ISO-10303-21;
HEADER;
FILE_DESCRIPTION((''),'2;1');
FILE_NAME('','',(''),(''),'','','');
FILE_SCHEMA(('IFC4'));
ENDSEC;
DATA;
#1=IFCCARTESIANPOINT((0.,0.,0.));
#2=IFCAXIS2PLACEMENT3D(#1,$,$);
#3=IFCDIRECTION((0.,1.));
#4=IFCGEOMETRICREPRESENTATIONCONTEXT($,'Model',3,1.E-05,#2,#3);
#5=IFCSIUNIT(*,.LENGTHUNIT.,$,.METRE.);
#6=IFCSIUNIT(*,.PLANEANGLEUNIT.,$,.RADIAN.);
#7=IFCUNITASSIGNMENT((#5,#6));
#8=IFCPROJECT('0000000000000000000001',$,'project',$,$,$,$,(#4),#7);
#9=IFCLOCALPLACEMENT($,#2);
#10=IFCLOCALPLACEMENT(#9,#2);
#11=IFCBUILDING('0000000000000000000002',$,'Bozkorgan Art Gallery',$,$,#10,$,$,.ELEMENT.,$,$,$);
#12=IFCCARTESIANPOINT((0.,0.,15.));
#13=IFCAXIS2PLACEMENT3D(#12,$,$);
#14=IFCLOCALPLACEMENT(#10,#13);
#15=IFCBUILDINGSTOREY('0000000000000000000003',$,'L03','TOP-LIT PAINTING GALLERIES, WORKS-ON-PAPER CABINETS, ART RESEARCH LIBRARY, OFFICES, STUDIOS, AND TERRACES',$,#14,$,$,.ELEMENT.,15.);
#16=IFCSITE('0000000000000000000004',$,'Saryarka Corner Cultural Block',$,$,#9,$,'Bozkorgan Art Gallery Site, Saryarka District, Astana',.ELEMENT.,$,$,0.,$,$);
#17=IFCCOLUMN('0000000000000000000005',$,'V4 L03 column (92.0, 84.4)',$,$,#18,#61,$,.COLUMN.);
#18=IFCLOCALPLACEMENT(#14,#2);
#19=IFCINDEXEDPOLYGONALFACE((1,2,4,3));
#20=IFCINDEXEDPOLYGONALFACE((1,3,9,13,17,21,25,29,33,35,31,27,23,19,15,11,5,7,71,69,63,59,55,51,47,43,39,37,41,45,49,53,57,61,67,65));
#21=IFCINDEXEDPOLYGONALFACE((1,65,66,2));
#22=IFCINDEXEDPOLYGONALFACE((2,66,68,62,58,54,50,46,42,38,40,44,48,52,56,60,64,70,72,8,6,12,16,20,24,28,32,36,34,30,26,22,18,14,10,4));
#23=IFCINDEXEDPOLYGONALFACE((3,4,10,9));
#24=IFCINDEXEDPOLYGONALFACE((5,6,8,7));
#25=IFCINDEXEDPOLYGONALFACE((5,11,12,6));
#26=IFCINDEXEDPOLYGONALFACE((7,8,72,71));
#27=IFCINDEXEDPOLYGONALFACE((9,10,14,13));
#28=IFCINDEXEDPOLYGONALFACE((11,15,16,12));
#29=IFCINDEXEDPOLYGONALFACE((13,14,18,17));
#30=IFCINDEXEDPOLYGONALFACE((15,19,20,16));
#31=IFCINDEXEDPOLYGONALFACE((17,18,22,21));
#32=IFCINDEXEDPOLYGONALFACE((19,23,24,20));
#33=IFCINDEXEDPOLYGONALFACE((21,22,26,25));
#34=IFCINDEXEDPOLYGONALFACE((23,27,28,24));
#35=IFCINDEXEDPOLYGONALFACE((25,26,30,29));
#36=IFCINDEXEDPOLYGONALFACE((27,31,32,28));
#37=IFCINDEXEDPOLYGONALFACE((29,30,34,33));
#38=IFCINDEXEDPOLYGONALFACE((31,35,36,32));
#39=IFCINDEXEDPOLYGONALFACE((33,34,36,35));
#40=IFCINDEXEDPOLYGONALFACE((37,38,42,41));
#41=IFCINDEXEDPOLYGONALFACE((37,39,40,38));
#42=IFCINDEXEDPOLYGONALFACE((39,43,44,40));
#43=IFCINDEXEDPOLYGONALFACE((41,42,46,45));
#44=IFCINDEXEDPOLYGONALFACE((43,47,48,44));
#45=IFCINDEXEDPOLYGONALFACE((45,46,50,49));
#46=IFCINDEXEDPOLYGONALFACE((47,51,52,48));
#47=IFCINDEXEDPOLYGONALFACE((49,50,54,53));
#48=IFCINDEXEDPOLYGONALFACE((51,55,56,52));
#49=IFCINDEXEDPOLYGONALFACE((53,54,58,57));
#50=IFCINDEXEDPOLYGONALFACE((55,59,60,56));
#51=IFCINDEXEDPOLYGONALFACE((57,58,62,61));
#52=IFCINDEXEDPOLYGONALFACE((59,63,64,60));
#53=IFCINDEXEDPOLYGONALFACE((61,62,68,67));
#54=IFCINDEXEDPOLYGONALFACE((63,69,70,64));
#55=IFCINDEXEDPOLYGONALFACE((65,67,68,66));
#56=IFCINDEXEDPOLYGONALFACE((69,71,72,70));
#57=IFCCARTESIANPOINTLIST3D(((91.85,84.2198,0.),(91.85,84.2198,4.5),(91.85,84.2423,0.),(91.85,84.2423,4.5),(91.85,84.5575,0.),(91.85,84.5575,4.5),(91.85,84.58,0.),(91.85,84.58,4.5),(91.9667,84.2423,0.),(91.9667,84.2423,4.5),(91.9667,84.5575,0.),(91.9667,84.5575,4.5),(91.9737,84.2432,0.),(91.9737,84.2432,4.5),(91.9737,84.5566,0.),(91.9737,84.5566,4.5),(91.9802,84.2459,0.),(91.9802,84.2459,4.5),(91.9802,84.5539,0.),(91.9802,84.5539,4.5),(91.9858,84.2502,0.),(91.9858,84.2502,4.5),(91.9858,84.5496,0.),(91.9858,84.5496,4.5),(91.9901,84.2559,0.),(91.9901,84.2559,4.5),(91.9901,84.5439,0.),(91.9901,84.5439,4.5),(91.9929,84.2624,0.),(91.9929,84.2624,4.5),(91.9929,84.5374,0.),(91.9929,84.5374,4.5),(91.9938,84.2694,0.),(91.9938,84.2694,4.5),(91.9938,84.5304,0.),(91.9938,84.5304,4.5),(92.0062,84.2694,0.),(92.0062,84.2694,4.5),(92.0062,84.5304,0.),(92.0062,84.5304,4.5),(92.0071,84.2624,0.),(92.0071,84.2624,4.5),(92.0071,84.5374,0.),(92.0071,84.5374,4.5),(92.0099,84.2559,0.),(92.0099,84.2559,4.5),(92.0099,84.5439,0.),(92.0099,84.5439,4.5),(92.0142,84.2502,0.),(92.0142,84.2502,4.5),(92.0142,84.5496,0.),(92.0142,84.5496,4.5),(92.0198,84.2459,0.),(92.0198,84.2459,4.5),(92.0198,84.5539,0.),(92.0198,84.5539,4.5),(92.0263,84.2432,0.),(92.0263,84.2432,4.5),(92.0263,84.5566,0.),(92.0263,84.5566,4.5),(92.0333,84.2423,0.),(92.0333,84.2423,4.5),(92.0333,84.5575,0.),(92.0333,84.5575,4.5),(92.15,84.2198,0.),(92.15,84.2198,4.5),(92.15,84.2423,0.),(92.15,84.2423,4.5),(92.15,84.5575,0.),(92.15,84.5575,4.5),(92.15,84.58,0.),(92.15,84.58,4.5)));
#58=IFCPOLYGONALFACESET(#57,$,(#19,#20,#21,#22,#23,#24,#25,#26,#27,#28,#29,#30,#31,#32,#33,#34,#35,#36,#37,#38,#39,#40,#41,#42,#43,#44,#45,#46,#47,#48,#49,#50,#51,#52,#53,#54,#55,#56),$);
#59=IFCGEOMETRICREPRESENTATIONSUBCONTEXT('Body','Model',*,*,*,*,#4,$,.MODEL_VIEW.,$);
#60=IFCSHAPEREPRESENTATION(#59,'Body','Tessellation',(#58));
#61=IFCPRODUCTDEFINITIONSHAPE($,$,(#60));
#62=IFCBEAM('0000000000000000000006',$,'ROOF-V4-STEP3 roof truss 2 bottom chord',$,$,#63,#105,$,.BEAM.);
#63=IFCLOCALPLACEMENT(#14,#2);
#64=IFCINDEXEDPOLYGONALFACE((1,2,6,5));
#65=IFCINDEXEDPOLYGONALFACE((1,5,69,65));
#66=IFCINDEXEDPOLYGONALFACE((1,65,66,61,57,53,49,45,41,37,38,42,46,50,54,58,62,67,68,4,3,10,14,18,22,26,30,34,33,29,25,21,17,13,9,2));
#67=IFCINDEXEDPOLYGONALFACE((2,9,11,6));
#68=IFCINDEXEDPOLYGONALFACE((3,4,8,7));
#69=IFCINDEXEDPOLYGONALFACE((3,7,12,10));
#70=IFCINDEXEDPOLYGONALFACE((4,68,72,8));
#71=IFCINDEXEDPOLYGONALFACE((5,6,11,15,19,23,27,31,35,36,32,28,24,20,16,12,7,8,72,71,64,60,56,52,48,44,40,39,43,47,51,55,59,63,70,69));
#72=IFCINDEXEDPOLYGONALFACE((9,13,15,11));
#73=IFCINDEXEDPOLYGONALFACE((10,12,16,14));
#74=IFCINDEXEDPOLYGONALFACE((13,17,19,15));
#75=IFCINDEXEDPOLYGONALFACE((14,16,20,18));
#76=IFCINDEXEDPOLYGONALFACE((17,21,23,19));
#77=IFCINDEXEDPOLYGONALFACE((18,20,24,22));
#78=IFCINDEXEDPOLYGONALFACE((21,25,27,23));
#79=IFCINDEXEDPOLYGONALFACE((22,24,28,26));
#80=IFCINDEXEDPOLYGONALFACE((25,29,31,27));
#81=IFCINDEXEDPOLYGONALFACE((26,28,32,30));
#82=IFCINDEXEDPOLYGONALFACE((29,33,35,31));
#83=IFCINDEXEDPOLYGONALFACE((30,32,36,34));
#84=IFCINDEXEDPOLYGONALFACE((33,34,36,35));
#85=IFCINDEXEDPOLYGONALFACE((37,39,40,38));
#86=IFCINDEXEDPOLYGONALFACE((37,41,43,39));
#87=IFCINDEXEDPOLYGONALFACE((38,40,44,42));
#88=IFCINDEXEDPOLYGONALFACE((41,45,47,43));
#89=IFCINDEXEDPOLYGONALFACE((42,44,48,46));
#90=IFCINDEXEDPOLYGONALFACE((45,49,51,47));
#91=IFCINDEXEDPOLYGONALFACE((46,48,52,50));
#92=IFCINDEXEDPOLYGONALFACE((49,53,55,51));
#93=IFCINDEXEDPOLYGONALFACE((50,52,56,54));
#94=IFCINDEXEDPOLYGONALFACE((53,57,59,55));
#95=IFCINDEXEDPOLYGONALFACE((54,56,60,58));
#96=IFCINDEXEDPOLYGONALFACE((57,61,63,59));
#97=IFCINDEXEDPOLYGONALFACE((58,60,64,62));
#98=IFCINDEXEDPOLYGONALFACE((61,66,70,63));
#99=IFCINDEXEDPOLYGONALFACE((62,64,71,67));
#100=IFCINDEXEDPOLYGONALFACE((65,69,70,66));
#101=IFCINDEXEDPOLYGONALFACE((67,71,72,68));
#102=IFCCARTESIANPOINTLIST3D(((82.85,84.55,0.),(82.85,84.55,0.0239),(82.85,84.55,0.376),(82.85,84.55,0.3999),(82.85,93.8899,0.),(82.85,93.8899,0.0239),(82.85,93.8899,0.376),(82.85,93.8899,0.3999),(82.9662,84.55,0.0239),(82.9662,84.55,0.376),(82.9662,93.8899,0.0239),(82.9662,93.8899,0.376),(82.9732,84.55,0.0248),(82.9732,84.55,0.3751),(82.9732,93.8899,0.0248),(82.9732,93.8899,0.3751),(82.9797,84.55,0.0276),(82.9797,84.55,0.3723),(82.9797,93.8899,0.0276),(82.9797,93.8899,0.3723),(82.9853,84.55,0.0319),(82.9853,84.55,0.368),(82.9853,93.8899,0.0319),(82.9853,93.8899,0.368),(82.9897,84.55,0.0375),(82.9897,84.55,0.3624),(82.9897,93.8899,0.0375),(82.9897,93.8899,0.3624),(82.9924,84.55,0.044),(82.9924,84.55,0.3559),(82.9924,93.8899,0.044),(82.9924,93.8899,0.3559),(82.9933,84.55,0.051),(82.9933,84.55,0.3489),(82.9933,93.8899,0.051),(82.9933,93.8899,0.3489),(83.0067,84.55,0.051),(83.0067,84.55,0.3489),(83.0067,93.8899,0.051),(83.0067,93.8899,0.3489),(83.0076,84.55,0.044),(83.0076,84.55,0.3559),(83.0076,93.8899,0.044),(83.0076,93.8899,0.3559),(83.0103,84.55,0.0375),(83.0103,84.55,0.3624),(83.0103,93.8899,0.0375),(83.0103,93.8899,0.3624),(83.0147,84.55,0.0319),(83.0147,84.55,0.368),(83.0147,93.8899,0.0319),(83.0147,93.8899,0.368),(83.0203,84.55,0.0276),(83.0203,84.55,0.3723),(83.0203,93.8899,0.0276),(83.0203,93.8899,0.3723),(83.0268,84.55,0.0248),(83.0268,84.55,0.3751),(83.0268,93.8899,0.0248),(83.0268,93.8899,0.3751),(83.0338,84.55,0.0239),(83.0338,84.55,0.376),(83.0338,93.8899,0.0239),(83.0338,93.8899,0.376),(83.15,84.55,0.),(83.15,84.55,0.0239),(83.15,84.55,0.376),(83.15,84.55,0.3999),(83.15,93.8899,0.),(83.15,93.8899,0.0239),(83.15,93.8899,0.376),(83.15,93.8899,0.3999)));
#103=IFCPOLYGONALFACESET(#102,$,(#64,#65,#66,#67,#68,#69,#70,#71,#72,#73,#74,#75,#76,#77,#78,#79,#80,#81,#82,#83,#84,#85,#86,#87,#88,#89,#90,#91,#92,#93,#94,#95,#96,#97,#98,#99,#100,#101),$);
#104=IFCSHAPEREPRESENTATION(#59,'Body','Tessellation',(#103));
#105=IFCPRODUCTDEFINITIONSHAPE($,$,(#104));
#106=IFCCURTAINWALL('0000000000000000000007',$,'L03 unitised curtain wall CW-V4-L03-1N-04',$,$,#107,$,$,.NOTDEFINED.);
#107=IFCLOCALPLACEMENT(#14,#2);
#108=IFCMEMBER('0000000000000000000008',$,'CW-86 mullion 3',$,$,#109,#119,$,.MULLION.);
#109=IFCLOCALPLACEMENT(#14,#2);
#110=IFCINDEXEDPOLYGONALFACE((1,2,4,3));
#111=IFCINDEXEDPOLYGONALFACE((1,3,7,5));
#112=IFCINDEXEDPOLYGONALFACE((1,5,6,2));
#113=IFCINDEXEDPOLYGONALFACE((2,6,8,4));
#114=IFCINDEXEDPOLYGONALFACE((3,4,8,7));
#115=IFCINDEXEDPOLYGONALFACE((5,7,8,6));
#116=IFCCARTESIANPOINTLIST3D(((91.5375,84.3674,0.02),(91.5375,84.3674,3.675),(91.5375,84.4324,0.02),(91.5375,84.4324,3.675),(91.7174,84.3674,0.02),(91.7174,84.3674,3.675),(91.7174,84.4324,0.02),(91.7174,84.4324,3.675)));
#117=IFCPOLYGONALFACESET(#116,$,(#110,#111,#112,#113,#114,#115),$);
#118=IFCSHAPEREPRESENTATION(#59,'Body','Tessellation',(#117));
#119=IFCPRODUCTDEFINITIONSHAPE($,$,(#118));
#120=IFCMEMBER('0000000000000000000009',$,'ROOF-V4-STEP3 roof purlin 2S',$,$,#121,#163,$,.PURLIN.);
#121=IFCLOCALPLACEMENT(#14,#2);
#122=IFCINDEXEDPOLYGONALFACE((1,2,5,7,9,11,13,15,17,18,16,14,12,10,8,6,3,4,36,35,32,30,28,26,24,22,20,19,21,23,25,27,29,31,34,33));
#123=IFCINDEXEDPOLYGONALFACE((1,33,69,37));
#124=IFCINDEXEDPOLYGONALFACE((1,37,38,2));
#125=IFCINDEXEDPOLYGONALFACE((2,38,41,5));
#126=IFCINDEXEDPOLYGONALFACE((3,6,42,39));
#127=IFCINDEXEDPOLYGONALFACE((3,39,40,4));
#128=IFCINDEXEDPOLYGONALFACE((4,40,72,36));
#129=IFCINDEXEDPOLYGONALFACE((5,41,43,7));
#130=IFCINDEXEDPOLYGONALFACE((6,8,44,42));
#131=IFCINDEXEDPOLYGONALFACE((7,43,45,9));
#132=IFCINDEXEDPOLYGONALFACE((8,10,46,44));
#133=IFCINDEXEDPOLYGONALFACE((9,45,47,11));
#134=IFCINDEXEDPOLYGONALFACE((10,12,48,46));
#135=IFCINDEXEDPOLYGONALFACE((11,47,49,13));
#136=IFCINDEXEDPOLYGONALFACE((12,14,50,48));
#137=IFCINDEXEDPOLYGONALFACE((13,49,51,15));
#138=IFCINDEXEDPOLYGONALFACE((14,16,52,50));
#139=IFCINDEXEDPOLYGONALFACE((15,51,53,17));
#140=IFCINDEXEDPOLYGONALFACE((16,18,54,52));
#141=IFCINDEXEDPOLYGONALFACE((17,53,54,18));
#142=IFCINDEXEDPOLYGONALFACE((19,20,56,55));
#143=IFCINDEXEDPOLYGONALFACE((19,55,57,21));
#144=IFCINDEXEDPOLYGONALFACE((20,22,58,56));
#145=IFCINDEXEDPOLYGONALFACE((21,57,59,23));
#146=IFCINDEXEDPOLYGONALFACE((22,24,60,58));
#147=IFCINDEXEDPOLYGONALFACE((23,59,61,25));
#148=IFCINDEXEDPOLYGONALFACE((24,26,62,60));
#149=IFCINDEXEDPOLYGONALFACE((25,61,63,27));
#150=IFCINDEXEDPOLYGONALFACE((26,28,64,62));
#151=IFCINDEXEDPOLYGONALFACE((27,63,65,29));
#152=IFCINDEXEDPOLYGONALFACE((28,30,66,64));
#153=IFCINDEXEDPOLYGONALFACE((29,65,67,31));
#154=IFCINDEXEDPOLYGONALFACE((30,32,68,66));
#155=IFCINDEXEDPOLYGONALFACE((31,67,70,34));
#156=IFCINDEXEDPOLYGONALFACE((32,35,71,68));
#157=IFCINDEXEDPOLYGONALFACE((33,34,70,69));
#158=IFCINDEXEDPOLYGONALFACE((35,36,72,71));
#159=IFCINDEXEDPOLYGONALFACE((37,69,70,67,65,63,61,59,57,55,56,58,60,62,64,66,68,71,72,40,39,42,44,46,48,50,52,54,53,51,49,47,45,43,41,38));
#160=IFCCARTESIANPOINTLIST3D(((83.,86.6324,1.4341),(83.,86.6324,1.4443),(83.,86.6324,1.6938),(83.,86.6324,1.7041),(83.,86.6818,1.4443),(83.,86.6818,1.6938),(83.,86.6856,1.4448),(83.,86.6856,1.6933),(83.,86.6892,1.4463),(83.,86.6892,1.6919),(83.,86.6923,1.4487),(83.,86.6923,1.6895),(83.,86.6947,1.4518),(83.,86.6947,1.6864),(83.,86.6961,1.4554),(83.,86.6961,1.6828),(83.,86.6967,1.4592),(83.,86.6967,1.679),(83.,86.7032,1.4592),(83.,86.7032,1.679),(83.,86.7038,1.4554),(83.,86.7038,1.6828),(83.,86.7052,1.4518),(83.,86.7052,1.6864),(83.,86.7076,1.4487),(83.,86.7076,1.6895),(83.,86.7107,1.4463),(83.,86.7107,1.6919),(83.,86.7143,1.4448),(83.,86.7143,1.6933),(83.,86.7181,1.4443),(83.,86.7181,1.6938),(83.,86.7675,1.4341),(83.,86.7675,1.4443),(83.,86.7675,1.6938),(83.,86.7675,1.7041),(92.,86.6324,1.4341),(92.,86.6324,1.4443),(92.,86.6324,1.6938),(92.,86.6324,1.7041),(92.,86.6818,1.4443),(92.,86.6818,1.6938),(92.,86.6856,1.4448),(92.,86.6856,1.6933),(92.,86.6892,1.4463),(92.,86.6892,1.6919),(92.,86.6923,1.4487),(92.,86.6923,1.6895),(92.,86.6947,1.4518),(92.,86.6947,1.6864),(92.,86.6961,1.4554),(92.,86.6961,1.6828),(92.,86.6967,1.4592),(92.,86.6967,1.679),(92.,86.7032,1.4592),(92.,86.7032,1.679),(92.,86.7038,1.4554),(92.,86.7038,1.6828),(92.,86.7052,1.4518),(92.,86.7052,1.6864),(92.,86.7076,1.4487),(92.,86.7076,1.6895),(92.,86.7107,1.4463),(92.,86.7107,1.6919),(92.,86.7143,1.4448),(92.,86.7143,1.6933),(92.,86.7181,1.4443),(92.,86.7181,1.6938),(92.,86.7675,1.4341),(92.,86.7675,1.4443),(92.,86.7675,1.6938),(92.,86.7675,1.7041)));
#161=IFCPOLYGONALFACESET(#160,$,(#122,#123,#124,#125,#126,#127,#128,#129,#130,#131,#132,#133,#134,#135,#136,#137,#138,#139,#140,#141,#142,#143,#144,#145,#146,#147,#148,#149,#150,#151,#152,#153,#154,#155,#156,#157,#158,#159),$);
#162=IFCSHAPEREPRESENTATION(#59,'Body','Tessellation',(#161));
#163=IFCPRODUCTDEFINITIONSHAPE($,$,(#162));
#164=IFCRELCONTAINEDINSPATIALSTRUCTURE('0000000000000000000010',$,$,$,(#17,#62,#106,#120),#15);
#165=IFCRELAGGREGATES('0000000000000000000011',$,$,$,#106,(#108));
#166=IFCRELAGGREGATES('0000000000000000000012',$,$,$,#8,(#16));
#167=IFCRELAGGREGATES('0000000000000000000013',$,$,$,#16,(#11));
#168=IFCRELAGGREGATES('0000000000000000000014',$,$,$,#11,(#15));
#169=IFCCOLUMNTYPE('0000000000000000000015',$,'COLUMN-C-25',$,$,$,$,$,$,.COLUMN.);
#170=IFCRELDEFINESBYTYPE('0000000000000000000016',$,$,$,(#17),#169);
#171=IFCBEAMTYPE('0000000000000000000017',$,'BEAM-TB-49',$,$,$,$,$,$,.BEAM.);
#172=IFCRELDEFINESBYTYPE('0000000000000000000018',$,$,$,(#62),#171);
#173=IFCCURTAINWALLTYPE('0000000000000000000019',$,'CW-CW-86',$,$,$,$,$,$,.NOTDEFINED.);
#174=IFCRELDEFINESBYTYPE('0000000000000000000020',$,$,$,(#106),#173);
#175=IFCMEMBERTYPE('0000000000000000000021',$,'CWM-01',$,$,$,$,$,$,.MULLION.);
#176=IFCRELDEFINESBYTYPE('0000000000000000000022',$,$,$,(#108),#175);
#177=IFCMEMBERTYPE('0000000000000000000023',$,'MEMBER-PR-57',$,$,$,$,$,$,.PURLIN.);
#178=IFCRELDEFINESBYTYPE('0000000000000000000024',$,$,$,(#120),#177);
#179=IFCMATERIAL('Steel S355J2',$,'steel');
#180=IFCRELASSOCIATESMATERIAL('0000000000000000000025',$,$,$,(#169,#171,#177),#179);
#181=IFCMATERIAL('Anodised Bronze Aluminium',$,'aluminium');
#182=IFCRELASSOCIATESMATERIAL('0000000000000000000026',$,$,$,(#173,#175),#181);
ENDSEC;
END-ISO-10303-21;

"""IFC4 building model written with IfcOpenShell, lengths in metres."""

from ifc_helpers import new_model, si_unit, direction, frame, origin, origin_2d, place, context, subcontext, project, spatial, rectangle, i_section, extrude, material, material_profile, profile_set, type_object, element, aggregate, save


model = new_model("IFC4")

# Units and contexts
model_context = context("Model", 3, precision=1e-05, world=origin(), true_north=direction((0.0, 1.0)))
body_context = subcontext(model_context, "Body", "Model", "MODEL_VIEW")
ifc_project = project(units=[si_unit("LENGTHUNIT", "METRE"), si_unit("PLANEANGLEUNIT", "RADIAN")], contexts=[model_context])

# Site, building, storey
site_placement = place(None, origin())
site = spatial("IfcSite", under=ifc_project, at=site_placement, Name="Saryarka Corner Cultural Block", LongName="Bozkorgan Art Gallery Site, Saryarka District, Astana", CompositionType="ELEMENT", RefElevation=0.0)
building_placement = place(site_placement, origin())
building = spatial("IfcBuilding", under=site, at=building_placement, Name="Bozkorgan Art Gallery", CompositionType="ELEMENT")
storey_placement = place(building_placement, frame((0.0, 0.0, 15.0)))
storey = spatial("IfcBuildingStorey", under=building, at=storey_placement, Name="L03", Description="TOP-LIT PAINTING GALLERIES, WORKS-ON-PAPER CABINETS, ART RESEARCH LIBRARY, OFFICES, STUDIOS, AND TERRACES", CompositionType="ELEMENT", Elevation=15.0)

# Column
ifc_material_1 = material(Name="Steel S355J2", Category="steel")
ifc_material_profile_1 = material_profile(ifc_material_1, i_section(OverallWidth=0.3, OverallDepth=0.3601, WebThickness=0.0125, FlangeThickness=0.0225, FilletRadius=0.0271, at=origin_2d()), Name="HEB 360")
ifc_profile_set_1 = profile_set([ifc_material_profile_1], Name="Steel S355J2")
column_type = type_object("IfcColumnType", Name="COLUMN-C-25", PredefinedType="COLUMN", material=ifc_profile_set_1)
column_placement = place(storey_placement, frame((92.0, 84.3999, 0.0), z_axis=(0.0, 0.0, 1.0), x_axis=(1.0, 0.0, 0.0)))
element("IfcColumn", 1, at=column_placement, inside=storey, type_object=column_type, Name="V4 L03 column (92.0, 84.4)", PredefinedType="COLUMN", context=body_context, shape_type="SweptSolid", body=[
    extrude(i_section(OverallWidth=0.3, OverallDepth=0.3601, WebThickness=0.0125, FlangeThickness=0.0225, FilletRadius=0.0271, at=origin_2d()), origin(), (0.0, 0.0, 1.0), 4.5),
])

# Beam
ifc_material_profile_2 = material_profile(ifc_material_1, i_section(OverallWidth=0.3, OverallDepth=0.3999, WebThickness=0.0134, FlangeThickness=0.0239, FilletRadius=0.0271, at=origin_2d()), Name="HEB 400")
ifc_profile_set_2 = profile_set([ifc_material_profile_2], Name="Steel S355J2")
beam_type = type_object("IfcBeamType", Name="BEAM-TB-49", PredefinedType="BEAM", material=ifc_profile_set_2)
beam_placement = place(storey_placement, frame((83.0, 84.55, 0.2), z_axis=(0.0, 1.0, 0.0), x_axis=(-1.0, 0.0, 0.0)))
element("IfcBeam", 2, at=beam_placement, inside=storey, type_object=beam_type, Name="ROOF-V4-STEP3 roof truss 2 bottom chord", PredefinedType="BEAM", context=body_context, shape_type="SweptSolid", body=[
    extrude(i_section(OverallWidth=0.3, OverallDepth=0.3999, WebThickness=0.0134, FlangeThickness=0.0239, FilletRadius=0.0271, at=origin_2d()), origin(), (0.0, 0.0, 1.0), 9.3398),
])

# Curtain wall, member
ifc_material_2 = material(Name="Anodised Bronze Aluminium", Category="aluminium")
curtain_wall_type = type_object("IfcCurtainWallType", Name="CW-CW-86", PredefinedType="NOTDEFINED", material=ifc_material_2)
curtain_wall_placement = place(storey_placement, origin())
curtain_wall = element("IfcCurtainWall", 3, at=curtain_wall_placement, inside=storey, type_object=curtain_wall_type, Name="L03 unitised curtain wall CW-V4-L03-1N-04", PredefinedType="NOTDEFINED")
ifc_material_profile_3 = material_profile(ifc_material_2, rectangle(XDim=0.0649, YDim=0.1799, at=origin_2d()), Name="ALU MULLION 65x180")
ifc_profile_set_3 = profile_set([ifc_material_profile_3], Name="Anodised Bronze Aluminium")
member_type_1 = type_object("IfcMemberType", Name="CWM-01", PredefinedType="MULLION", material=ifc_profile_set_3)
member_1_placement = place(storey_placement, frame((91.6274, 84.3999, 0.02), z_axis=(0.0, 0.0, 1.0), x_axis=(0.0, 1.0, 0.0)))
member_1 = element("IfcMember", 4, at=member_1_placement, type_object=member_type_1, Name="CW-86 mullion 3", PredefinedType="MULLION", context=body_context, shape_type="SweptSolid", body=[
    extrude(rectangle(XDim=0.0649, YDim=0.1799, at=origin_2d()), origin(), (0.0, 0.0, 1.0), 3.655),
])

# Member
ifc_material_profile_4 = material_profile(ifc_material_1, i_section(OverallWidth=0.135, OverallDepth=0.27, WebThickness=0.0066, FlangeThickness=0.0103, FilletRadius=0.0149, at=origin_2d()), Name="IPE 270")
ifc_profile_set_4 = profile_set([ifc_material_profile_4], Name="Steel S355J2")
member_type_2 = type_object("IfcMemberType", Name="MEMBER-PR-57", PredefinedType="PURLIN", material=ifc_profile_set_4)
for number, where, z_axis, x_axis, name in (
    (5, (83.0, 86.7, 1.5691), (1.0, 0.0, 0.0), (0.0, 1.0, 0.0), "ROOF-V4-STEP3 roof purlin 2S"),
):
    element("IfcMember", number, at=place(storey_placement, frame(where, z_axis=z_axis, x_axis=x_axis)), inside=storey, type_object=member_type_2, Name=name, PredefinedType="PURLIN", context=body_context, shape_type="SweptSolid", body=[
        extrude(i_section(OverallWidth=0.135, OverallDepth=0.27, WebThickness=0.0066, FlangeThickness=0.0103, FilletRadius=0.0149, at=origin_2d()), origin(), (0.0, 0.0, 1.0), 9.0),
    ])

aggregate(curtain_wall, [member_1])

save(model, "model.ifc")
